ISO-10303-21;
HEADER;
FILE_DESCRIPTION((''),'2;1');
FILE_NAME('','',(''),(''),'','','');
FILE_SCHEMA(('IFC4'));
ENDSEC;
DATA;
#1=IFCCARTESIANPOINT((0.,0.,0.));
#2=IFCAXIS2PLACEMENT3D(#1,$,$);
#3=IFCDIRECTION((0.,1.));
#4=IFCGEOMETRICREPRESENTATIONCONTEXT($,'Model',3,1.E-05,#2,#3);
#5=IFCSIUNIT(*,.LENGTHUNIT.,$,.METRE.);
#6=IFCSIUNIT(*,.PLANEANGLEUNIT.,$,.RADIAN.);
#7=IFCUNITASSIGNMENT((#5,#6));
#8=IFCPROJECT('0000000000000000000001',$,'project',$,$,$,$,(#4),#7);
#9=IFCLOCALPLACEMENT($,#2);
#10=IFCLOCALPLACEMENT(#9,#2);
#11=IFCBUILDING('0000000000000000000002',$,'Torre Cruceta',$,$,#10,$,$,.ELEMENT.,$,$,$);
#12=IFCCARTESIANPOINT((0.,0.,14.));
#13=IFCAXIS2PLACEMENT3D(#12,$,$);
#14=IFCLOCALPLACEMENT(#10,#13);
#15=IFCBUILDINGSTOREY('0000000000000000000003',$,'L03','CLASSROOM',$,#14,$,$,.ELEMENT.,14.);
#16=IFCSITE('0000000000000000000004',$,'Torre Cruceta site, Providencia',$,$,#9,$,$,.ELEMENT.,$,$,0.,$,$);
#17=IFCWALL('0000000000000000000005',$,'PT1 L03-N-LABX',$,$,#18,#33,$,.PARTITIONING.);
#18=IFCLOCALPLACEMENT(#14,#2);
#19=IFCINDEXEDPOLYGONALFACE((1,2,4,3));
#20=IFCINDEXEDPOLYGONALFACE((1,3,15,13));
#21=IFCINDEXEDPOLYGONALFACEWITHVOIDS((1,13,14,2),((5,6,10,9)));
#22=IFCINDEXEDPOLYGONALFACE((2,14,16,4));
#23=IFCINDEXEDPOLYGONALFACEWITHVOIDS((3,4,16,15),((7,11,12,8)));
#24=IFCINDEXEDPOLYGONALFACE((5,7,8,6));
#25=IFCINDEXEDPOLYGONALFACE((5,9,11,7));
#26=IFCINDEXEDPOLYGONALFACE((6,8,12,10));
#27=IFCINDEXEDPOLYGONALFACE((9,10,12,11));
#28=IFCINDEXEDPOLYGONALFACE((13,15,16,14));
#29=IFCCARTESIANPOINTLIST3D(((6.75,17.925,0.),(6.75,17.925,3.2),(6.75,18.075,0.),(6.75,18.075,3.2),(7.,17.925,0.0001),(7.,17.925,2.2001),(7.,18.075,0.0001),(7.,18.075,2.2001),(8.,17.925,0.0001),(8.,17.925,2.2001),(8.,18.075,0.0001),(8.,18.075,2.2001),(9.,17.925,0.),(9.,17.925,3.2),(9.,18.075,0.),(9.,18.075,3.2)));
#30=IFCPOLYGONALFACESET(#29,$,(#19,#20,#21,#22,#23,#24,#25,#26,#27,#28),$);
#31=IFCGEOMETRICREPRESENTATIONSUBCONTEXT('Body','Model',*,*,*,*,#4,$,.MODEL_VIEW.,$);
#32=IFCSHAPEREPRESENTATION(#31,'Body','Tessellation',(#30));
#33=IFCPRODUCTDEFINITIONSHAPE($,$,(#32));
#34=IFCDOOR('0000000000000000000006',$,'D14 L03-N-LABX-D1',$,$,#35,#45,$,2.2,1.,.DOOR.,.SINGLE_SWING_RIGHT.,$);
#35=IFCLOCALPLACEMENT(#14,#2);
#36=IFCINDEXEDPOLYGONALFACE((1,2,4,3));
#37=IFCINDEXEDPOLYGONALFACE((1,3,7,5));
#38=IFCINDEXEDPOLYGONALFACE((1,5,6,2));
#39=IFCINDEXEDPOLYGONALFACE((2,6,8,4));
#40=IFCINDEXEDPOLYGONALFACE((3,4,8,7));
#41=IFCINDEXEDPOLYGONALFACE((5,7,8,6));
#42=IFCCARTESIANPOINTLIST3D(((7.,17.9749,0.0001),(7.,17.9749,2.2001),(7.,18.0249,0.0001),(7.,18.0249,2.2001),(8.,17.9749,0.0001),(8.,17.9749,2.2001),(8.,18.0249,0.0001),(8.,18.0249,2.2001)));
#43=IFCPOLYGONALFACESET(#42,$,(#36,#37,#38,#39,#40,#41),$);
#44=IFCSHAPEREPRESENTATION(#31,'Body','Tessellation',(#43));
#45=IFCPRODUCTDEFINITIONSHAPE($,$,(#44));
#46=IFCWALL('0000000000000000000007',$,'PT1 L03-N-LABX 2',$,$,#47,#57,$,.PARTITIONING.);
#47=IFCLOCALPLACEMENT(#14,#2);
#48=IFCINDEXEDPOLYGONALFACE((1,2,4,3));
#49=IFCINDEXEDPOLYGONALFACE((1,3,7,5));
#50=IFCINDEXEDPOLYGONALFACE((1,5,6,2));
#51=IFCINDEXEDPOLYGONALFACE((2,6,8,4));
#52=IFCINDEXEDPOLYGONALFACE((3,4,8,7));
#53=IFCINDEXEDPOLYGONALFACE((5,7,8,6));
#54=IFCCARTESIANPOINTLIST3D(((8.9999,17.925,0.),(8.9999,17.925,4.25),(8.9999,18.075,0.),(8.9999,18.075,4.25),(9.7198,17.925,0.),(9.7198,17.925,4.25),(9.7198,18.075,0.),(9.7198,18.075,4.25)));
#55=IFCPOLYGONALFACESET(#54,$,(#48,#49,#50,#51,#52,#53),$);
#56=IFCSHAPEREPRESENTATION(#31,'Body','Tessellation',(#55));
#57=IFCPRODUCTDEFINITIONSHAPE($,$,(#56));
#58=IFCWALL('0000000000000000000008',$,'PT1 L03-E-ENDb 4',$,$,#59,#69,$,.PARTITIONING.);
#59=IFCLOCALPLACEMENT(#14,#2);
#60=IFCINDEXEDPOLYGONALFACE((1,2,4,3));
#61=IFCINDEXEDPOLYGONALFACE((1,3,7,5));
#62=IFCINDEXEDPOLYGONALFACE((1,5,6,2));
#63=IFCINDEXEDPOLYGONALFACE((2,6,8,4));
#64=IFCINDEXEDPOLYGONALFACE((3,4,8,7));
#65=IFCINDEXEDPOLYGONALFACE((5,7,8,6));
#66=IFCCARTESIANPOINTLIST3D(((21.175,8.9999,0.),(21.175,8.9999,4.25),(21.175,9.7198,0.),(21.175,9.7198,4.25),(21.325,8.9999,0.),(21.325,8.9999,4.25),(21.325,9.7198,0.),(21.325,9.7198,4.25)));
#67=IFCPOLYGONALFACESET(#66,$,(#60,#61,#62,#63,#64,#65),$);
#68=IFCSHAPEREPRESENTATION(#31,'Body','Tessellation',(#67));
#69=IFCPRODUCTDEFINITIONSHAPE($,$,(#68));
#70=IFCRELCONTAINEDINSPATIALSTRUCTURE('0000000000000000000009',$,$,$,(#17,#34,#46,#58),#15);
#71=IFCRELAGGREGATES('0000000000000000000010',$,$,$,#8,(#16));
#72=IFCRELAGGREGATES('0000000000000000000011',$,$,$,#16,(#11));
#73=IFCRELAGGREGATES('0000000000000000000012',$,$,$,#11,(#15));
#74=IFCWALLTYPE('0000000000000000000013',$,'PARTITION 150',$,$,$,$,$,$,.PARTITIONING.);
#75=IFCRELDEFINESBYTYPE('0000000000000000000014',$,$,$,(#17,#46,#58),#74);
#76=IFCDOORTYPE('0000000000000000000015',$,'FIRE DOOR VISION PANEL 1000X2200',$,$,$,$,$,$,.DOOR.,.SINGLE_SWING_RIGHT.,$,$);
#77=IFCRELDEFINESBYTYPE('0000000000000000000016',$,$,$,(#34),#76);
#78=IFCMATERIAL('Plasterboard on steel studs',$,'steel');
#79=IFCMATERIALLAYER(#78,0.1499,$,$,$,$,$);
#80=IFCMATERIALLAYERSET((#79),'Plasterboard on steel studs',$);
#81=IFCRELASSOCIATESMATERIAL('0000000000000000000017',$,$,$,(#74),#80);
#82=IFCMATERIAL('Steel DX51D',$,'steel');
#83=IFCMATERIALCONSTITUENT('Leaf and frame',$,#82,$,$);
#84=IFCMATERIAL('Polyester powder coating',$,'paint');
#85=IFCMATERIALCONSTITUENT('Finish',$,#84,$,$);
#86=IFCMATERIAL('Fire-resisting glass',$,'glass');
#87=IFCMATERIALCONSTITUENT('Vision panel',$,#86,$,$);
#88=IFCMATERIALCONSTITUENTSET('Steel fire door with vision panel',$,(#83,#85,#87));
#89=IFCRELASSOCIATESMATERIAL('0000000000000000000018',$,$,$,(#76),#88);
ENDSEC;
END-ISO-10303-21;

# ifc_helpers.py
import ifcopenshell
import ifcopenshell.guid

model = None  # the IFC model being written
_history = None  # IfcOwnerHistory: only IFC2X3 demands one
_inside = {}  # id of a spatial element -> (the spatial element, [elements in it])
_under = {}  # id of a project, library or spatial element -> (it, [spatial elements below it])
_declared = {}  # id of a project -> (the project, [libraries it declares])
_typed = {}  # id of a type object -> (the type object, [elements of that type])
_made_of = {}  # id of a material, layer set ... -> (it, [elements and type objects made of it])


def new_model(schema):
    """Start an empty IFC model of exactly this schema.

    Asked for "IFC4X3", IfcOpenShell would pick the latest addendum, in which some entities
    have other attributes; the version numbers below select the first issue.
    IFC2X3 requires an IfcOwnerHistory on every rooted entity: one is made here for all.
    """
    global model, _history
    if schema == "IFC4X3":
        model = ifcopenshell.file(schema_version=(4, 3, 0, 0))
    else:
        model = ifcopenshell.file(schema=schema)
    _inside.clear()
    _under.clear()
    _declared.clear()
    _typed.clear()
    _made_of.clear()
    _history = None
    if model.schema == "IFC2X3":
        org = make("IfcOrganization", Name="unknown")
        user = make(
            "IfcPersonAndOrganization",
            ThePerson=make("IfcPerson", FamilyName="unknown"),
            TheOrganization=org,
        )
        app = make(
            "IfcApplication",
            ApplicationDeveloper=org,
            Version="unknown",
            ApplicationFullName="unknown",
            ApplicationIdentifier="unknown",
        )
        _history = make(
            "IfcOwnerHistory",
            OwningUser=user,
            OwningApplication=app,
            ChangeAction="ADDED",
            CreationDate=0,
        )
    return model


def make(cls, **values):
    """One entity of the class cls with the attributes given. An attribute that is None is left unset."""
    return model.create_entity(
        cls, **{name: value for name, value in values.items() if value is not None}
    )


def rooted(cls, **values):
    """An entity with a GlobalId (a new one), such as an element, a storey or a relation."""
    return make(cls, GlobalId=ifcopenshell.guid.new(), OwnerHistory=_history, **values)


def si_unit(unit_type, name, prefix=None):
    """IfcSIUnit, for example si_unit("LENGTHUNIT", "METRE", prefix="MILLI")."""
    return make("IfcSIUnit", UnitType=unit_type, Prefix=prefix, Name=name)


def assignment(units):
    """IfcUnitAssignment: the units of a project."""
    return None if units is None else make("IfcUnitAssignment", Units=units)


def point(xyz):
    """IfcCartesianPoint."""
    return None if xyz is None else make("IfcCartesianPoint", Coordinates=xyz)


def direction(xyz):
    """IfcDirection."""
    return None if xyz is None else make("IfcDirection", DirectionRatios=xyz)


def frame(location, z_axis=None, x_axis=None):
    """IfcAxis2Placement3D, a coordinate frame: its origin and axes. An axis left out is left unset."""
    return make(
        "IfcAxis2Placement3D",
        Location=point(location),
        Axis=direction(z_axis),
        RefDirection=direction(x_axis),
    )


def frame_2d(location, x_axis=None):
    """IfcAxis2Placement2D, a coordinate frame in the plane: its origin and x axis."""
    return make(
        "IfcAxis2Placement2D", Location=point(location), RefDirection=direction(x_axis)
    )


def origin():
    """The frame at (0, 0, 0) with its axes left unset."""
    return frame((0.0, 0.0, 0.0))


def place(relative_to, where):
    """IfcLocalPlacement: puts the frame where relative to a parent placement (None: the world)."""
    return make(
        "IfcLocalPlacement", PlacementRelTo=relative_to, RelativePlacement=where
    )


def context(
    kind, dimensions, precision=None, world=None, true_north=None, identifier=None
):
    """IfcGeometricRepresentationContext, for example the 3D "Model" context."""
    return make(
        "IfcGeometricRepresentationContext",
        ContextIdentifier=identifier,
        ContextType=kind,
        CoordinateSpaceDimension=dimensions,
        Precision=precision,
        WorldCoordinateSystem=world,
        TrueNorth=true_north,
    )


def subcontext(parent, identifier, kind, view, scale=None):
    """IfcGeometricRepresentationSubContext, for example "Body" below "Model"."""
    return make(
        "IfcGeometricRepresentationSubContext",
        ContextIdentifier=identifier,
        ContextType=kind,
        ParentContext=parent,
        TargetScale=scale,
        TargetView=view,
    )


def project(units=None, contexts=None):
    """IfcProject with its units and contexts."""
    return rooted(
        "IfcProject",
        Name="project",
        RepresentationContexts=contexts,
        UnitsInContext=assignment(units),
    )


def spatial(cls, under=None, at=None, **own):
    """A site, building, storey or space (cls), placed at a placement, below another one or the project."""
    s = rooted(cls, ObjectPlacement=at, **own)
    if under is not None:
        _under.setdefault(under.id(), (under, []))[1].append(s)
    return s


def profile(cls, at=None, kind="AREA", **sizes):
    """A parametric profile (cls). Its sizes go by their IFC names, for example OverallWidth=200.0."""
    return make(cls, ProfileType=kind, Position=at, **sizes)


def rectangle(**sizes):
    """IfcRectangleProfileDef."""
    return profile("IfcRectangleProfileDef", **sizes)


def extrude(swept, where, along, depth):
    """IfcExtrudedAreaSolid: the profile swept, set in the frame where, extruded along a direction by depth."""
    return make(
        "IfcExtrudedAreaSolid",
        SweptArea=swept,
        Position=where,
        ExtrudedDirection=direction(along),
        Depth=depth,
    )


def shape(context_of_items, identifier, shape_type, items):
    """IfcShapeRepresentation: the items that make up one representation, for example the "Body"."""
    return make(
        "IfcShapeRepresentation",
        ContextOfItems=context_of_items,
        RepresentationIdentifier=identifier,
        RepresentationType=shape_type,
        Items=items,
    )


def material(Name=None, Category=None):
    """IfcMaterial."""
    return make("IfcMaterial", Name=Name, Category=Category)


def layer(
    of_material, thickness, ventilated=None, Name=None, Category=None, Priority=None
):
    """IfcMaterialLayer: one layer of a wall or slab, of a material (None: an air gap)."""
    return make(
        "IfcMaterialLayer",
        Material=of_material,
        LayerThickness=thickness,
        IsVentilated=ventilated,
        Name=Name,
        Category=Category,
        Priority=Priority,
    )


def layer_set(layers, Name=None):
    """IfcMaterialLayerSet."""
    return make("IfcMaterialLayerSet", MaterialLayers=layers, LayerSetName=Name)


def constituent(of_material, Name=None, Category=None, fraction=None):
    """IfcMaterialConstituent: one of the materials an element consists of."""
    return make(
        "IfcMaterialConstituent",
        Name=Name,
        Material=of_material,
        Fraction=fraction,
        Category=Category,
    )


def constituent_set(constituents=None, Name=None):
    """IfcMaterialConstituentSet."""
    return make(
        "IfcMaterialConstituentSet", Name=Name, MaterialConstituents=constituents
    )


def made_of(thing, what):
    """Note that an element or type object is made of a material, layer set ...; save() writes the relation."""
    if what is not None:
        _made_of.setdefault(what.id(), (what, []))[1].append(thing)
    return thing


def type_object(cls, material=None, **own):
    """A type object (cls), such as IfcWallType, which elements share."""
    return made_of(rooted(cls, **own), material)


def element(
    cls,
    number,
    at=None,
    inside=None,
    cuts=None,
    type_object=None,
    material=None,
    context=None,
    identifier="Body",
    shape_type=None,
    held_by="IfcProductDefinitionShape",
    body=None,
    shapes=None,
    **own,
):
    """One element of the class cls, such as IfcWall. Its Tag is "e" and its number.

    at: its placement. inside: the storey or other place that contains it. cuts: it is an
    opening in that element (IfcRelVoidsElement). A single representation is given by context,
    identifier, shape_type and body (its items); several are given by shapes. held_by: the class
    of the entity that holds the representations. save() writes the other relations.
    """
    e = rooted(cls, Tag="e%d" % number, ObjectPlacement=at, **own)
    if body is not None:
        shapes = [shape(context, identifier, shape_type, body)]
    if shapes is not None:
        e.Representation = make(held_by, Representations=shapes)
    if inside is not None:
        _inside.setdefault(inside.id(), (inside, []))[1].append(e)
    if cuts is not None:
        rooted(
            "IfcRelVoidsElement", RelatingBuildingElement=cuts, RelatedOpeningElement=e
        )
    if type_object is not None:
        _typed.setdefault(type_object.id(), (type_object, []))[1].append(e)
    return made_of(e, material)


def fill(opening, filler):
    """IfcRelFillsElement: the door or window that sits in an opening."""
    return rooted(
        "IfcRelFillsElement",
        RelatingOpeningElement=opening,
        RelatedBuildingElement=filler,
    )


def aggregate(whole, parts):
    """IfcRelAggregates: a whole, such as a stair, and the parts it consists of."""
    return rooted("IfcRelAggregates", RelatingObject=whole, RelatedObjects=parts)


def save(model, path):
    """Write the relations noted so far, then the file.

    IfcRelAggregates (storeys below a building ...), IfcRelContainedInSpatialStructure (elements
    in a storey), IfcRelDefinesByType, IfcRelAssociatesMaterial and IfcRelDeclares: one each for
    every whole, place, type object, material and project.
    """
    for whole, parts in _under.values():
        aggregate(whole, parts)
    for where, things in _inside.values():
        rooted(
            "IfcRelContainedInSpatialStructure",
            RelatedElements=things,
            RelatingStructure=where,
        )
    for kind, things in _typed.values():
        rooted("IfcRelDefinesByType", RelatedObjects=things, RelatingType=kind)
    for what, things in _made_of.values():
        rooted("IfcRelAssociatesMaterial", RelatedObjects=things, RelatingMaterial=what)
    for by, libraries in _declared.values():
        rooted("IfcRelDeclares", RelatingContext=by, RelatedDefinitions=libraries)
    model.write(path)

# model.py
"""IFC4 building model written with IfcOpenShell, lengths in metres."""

from ifc_helpers import new_model, si_unit, direction, frame, frame_2d, origin, place, context, subcontext, project, spatial, rectangle, extrude, material, layer, layer_set, constituent, constituent_set, type_object, element, fill, save


model = new_model("IFC4")

# Units and contexts
model_context = context("Model", 3, precision=1e-05, world=origin(), true_north=direction((0.0, 1.0)))
body_context = subcontext(model_context, "Body", "Model", "MODEL_VIEW")
ifc_project = project(units=[si_unit("LENGTHUNIT", "METRE"), si_unit("PLANEANGLEUNIT", "RADIAN")], contexts=[model_context])

# Site, building, storey
site_placement = place(None, origin())
site = spatial("IfcSite", under=ifc_project, at=site_placement, Name="Torre Cruceta site, Providencia", CompositionType="ELEMENT", RefElevation=0.0)
building_placement = place(site_placement, origin())
building = spatial("IfcBuilding", under=site, at=building_placement, Name="Torre Cruceta", CompositionType="ELEMENT")
storey_placement = place(building_placement, frame((0.0, 0.0, 14.0)))
storey = spatial("IfcBuildingStorey", under=building, at=storey_placement, Name="L03", Description="CLASSROOM", CompositionType="ELEMENT", Elevation=14.0)

# Shared definitions
ifc_material_1 = material(Name="Plasterboard on steel studs", Category="steel")
ifc_layer_1 = layer(ifc_material_1, 0.1499)
ifc_layer_set_1 = layer_set([ifc_layer_1], Name="Plasterboard on steel studs")
wall_type_1 = type_object("IfcWallType", Name="PARTITION 150", PredefinedType="PARTITIONING", material=ifc_layer_set_1)

# Wall, opening, door
wall_1_placement = place(storey_placement, frame((6.75, 18.0, 0.0), z_axis=(0.0, 0.0, 1.0), x_axis=(1.0, 0.0, 0.0)))
wall_1 = element("IfcWall", 1, at=wall_1_placement, inside=storey, type_object=wall_type_1, Name="PT1 L03-N-LABX", PredefinedType="PARTITIONING", context=body_context, shape_type="SweptSolid", body=[
    extrude(rectangle(XDim=2.25, YDim=0.1499, at=frame_2d((1.125, 0.0))), origin(), (0.0, 0.0, 1.0), 3.2),
])
opening_1_placement = place(wall_1_placement, frame((0.25, 0.0, 0.0)))
opening_1 = element("IfcOpeningElement", 2, at=opening_1_placement, cuts=wall_1, PredefinedType="OPENING", context=body_context, shape_type="SweptSolid", body=[
    extrude(rectangle(XDim=1.0, YDim=2.2, at=frame_2d((0.5, 1.1001))), frame((0.0, 0.085, 0.0), z_axis=(0.0, -1.0, 0.0), x_axis=(1.0, 0.0, 0.0)), (0.0, 0.0, 1.0), 0.1699),
])
ifc_material_2 = material(Name="Steel DX51D", Category="steel")
ifc_constituent_1 = constituent(ifc_material_2, Name="Leaf and frame")
ifc_material_3 = material(Name="Polyester powder coating", Category="paint")
ifc_constituent_2 = constituent(ifc_material_3, Name="Finish")
ifc_material_4 = material(Name="Fire-resisting glass", Category="glass")
ifc_constituent_3 = constituent(ifc_material_4, Name="Vision panel")
ifc_constituent_set_1 = constituent_set(constituents=[ifc_constituent_1, ifc_constituent_2, ifc_constituent_3], Name="Steel fire door with vision panel")
door_type = type_object("IfcDoorType", Name="FIRE DOOR VISION PANEL 1000X2200", OperationType="SINGLE_SWING_RIGHT", PredefinedType="DOOR", material=ifc_constituent_set_1)
door_placement = place(opening_1_placement, frame((1.0, 0.0, 0.0), z_axis=(0.0, 0.0, 1.0), x_axis=(-1.0, 0.0, 0.0)))
door = element("IfcDoor", 3, at=door_placement, inside=storey, type_object=door_type, Name="D14 L03-N-LABX-D1", OperationType="SINGLE_SWING_RIGHT", OverallHeight=2.2, OverallWidth=1.0, PredefinedType="DOOR", context=body_context, shape_type="SweptSolid", body=[
    extrude(rectangle(XDim=1.0, YDim=2.2, at=frame_2d((0.5, 1.1001))), frame((0.0, 0.0251, 0.0), z_axis=(0.0, -1.0, 0.0), x_axis=(1.0, 0.0, 0.0)), (0.0, 0.0, 1.0), 0.05),
])
fill(opening_1, door)

# Walls
for number, where, z_axis, x_axis, name in (
    (4, (9.0, 18.0, 0.0), (0.0, 0.0, 1.0), (1.0, 0.0, 0.0), "PT1 L03-N-LABX 2"),
    (5, (21.25, 9.0, 0.0), (0.0, 0.0, 1.0), (0.0, 1.0, 0.0), "PT1 L03-E-ENDb 4"),
):
    element("IfcWall", number, at=place(storey_placement, frame(where, z_axis=z_axis, x_axis=x_axis)), inside=storey, type_object=wall_type_1, Name=name, PredefinedType="PARTITIONING", context=body_context, shape_type="SweptSolid", body=[
        extrude(rectangle(XDim=0.72, YDim=0.1499, at=frame_2d((0.3599, 0.0))), origin(), (0.0, 0.0, 1.0), 4.25),
    ])

save(model, "model.ifc")
